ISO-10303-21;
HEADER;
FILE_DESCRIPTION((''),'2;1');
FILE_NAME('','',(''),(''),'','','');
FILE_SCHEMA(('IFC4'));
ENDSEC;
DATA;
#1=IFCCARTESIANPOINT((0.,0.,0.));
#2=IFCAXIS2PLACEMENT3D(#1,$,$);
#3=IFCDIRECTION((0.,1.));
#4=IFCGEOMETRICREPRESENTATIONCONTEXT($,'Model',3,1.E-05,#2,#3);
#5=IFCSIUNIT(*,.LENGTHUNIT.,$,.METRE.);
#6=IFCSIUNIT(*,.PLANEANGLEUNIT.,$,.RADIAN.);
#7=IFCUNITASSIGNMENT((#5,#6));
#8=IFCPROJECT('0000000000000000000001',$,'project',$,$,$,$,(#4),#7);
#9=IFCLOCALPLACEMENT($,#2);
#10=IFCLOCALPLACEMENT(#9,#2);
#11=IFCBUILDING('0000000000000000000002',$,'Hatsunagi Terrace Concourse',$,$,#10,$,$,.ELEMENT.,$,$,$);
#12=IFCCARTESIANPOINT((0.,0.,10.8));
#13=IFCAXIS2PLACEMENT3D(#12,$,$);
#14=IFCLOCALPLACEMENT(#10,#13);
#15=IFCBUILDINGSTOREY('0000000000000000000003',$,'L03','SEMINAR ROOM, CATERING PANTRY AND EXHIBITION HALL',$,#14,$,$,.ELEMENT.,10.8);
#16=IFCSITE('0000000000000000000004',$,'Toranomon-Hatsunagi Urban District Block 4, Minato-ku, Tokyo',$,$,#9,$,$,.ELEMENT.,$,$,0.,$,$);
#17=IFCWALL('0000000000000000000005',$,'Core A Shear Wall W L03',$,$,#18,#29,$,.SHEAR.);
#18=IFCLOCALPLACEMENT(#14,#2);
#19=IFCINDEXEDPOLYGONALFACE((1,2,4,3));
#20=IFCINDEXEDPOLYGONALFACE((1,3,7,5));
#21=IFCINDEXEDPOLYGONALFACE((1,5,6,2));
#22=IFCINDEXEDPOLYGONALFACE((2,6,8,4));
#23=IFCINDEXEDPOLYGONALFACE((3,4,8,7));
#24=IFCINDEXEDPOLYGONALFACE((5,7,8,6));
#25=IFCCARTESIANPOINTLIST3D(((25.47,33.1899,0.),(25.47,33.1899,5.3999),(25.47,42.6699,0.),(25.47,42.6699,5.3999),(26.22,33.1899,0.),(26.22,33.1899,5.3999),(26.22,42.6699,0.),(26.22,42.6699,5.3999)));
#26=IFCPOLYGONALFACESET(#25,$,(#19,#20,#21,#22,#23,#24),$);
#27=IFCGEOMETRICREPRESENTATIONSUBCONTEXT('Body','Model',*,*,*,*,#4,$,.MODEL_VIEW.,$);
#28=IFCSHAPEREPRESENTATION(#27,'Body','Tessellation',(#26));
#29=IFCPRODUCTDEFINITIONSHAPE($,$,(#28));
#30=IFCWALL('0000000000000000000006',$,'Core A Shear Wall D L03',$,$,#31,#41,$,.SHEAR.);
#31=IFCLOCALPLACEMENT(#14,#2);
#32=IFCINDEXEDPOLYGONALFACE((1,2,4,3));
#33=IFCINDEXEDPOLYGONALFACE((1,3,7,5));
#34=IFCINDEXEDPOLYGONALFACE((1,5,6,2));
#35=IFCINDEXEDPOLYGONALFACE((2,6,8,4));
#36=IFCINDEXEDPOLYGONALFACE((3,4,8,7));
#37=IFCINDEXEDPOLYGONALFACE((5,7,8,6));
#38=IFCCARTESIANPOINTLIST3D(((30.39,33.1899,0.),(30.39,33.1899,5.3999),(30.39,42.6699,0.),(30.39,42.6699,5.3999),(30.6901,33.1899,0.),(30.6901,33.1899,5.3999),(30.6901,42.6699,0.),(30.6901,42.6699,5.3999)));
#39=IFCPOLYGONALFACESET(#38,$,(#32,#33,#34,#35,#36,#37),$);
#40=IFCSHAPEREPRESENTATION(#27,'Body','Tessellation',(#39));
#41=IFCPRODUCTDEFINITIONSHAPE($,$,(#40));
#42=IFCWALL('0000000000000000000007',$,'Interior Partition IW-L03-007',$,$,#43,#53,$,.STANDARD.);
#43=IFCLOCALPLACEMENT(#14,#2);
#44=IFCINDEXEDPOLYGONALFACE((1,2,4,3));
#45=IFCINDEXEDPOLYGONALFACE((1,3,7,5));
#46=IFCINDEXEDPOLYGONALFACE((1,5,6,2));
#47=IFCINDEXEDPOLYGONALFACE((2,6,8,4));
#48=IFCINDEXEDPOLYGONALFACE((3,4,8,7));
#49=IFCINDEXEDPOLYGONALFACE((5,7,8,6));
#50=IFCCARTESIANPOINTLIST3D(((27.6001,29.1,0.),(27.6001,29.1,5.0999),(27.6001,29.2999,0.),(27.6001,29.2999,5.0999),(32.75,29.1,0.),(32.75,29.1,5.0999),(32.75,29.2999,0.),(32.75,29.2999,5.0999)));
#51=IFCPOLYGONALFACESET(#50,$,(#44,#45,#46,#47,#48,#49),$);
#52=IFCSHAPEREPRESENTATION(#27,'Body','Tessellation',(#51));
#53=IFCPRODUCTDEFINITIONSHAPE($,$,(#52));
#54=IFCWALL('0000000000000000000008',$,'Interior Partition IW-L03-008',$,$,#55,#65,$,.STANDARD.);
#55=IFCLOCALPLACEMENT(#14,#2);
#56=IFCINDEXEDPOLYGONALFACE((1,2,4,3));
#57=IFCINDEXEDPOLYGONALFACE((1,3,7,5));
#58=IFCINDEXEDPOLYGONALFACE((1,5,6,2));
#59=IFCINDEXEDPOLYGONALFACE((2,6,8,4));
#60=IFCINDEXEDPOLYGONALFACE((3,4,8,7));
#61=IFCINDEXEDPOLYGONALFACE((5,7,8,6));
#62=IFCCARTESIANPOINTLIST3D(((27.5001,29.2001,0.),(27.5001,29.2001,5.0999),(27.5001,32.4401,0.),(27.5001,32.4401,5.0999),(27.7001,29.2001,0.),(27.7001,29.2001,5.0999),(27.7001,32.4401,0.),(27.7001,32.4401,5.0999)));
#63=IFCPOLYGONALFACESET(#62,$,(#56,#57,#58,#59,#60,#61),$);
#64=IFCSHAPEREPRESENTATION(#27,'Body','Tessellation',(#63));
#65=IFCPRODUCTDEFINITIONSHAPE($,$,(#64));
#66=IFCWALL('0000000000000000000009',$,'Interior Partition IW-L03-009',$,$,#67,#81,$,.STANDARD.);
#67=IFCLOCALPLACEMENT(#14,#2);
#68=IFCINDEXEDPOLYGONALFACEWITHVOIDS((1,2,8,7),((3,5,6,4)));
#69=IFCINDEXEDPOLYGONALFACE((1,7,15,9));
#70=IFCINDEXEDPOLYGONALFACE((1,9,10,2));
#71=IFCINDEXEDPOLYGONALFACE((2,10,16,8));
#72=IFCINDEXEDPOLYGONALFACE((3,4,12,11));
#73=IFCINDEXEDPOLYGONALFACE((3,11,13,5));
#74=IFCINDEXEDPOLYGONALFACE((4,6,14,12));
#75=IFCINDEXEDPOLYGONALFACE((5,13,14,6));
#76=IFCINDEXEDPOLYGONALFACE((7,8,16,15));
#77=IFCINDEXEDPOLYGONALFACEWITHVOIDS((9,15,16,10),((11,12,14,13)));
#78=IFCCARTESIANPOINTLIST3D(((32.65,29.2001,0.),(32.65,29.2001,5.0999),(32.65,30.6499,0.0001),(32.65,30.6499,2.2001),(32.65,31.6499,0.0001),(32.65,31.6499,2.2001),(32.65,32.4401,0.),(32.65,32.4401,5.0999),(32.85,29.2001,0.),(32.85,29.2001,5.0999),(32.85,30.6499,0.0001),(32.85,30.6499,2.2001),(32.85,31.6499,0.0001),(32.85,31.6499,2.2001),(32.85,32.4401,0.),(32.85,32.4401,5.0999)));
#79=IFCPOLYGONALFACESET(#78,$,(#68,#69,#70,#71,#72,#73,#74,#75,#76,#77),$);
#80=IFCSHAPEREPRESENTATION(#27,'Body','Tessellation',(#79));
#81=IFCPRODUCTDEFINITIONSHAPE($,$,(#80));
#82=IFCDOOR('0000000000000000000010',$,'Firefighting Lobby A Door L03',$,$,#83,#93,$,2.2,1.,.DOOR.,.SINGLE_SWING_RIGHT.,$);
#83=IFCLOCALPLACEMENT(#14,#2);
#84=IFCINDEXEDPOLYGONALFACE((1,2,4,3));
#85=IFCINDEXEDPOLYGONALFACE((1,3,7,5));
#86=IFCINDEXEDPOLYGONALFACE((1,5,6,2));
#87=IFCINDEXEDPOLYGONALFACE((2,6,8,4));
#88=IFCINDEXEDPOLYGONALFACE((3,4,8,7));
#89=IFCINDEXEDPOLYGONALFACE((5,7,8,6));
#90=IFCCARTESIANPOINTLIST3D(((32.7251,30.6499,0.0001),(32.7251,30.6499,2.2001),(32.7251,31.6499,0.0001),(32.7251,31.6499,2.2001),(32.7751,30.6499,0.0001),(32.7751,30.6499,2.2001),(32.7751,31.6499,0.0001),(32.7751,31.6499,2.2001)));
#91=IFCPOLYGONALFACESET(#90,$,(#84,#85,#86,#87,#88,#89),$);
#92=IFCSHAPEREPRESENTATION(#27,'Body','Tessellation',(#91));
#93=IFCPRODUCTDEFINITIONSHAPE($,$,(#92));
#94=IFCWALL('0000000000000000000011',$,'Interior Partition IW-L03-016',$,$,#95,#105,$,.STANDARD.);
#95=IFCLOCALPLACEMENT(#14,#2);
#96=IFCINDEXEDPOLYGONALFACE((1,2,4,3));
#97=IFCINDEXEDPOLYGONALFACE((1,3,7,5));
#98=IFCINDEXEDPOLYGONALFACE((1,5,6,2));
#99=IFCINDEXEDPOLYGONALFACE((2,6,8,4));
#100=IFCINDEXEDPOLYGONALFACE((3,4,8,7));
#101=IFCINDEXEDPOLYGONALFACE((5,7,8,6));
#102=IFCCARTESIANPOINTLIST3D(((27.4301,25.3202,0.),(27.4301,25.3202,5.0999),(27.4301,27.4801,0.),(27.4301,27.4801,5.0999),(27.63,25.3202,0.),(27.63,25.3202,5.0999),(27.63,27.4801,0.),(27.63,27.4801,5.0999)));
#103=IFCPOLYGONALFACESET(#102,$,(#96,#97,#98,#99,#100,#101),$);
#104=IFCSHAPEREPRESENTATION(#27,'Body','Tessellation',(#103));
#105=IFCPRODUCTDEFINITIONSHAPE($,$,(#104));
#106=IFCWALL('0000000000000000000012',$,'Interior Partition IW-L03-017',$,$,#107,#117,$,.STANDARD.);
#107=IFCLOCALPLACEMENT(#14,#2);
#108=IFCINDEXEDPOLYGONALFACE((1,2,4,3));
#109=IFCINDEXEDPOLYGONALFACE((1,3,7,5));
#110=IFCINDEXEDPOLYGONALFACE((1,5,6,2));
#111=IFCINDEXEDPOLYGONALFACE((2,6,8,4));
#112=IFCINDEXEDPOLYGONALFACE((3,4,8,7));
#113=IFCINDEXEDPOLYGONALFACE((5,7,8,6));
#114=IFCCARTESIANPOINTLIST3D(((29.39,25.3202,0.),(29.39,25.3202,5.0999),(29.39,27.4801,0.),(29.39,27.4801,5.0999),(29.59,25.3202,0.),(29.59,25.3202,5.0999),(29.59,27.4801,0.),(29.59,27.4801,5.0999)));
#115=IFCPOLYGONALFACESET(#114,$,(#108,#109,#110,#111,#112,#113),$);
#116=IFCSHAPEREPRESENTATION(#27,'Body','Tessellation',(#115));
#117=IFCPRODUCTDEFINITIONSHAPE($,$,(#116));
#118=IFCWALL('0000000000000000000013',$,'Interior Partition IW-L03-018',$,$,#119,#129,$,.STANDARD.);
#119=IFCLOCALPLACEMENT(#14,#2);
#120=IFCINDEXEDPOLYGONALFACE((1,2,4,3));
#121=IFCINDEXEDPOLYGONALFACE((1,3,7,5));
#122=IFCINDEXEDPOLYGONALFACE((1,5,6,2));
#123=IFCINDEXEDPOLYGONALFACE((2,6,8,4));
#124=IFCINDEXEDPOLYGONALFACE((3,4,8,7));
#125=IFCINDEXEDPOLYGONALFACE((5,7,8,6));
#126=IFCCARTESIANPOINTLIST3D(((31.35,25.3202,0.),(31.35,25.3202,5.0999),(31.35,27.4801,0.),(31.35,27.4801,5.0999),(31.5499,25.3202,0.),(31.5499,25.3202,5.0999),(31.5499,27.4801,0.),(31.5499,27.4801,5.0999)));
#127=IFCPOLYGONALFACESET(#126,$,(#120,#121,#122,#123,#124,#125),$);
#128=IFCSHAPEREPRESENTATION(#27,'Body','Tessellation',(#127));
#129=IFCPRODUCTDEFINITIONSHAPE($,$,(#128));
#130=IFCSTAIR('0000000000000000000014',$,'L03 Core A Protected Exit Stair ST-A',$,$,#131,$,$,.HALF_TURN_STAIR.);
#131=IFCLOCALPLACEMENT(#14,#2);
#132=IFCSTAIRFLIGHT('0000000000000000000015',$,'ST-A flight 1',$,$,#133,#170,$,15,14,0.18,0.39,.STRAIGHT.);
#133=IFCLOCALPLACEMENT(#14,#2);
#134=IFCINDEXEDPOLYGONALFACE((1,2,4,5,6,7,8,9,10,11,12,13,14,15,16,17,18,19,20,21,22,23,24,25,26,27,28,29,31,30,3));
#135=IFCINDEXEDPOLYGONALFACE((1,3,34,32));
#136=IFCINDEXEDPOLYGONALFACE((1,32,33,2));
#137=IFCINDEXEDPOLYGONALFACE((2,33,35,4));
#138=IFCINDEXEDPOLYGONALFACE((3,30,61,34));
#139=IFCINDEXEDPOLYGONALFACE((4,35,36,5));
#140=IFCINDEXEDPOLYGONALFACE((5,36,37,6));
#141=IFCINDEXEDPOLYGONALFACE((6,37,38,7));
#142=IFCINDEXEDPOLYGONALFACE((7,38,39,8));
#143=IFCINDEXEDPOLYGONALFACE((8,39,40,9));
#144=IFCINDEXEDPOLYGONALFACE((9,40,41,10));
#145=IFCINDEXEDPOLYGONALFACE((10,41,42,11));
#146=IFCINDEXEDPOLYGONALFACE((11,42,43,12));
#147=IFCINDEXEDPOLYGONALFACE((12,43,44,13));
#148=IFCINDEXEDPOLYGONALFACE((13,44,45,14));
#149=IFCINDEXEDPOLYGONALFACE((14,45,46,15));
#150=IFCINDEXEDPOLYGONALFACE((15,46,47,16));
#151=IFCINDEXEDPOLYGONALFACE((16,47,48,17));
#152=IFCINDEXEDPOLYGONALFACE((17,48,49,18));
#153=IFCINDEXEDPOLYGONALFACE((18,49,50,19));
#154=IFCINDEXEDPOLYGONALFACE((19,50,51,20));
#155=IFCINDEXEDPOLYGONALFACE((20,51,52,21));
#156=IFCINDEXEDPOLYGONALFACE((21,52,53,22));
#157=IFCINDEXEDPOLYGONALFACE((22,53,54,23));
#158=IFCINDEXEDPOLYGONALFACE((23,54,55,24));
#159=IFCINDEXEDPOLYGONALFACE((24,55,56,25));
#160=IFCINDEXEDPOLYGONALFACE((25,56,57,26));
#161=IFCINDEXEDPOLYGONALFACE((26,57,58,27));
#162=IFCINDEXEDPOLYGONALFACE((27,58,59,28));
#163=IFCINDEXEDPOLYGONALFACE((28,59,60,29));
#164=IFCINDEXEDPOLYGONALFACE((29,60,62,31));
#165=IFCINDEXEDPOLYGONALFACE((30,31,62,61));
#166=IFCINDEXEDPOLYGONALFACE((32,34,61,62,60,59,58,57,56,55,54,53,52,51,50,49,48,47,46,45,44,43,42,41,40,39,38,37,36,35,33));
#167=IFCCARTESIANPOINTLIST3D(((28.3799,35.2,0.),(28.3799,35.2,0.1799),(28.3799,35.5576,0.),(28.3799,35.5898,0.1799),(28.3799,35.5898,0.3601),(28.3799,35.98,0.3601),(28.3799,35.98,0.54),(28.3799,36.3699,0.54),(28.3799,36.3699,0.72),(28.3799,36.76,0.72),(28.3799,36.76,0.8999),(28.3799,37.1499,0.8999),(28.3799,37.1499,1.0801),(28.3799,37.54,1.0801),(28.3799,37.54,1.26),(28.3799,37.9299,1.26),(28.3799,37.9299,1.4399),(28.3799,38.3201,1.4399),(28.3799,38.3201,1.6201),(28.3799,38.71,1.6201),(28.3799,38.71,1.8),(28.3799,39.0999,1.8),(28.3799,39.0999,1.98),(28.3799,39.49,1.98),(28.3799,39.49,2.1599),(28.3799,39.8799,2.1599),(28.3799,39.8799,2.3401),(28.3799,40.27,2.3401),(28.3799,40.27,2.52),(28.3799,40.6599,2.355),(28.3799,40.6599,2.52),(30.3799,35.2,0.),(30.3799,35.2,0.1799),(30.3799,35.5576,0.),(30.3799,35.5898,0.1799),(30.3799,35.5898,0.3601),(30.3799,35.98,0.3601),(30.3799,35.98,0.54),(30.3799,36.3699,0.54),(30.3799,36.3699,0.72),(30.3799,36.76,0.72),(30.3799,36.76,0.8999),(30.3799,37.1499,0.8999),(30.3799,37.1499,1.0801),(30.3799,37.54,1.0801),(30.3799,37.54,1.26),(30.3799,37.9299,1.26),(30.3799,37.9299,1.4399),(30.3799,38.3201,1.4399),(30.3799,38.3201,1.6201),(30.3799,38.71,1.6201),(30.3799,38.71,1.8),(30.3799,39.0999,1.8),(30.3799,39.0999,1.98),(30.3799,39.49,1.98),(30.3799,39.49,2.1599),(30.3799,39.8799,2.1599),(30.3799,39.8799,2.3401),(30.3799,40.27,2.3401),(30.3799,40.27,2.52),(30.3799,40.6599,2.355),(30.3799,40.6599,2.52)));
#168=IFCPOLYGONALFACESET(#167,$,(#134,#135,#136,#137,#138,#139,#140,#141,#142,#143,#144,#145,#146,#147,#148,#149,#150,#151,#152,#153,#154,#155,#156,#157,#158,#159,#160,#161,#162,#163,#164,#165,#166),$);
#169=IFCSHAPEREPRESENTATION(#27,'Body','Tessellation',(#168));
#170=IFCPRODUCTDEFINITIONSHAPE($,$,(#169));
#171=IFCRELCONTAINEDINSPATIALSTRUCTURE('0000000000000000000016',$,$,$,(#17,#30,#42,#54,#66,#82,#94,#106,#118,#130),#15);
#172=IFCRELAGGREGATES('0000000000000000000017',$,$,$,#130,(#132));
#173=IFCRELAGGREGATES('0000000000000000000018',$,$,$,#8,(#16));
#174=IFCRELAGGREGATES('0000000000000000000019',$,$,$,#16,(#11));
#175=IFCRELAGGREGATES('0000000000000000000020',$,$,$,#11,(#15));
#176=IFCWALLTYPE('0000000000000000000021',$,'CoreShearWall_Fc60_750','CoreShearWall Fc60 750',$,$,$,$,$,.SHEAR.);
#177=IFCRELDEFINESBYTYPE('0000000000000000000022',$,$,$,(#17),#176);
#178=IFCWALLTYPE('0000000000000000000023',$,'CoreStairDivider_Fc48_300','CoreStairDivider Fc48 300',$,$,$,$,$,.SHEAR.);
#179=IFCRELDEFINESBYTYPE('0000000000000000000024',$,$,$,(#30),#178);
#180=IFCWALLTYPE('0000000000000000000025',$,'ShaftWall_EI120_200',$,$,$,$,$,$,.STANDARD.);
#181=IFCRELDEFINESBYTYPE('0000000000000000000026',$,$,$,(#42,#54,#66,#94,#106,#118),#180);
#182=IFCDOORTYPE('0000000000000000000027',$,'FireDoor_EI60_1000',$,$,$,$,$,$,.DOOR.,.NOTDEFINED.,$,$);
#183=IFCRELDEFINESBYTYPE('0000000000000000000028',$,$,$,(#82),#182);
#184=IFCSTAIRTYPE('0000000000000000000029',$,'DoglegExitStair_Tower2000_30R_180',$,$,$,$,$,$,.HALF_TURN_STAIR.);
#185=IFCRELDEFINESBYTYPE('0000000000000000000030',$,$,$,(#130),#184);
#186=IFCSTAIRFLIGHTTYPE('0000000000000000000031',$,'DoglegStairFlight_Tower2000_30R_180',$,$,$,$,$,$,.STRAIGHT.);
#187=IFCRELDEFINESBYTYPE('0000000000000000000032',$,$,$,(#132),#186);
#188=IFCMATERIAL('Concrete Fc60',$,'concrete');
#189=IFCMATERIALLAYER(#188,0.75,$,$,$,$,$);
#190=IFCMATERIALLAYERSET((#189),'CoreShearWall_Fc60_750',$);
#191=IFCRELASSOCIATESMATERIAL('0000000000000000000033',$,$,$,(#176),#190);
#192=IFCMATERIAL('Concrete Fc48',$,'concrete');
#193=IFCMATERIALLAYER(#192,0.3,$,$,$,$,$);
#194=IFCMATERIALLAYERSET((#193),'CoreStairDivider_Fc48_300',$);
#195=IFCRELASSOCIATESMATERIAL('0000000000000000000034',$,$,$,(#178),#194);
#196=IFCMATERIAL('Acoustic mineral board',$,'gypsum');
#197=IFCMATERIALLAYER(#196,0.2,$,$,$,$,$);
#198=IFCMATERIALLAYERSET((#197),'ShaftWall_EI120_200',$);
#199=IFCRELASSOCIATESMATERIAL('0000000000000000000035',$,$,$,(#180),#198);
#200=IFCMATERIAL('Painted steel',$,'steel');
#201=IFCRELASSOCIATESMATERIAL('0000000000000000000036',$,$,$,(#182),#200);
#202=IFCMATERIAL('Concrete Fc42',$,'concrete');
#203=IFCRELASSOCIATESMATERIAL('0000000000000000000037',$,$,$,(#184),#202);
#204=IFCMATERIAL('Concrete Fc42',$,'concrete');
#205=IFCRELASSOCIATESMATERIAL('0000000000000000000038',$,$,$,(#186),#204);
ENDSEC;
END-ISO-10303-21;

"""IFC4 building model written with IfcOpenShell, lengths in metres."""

from ifc_helpers import new_model, si_unit, direction, frame, frame_2d, origin, place, context, subcontext, project, spatial, polyline, rectangle, outline, extrude, material, layer, layer_set, type_object, element, fill, aggregate, save


model = new_model("IFC4")

# Units and contexts
model_context = context("Model", 3, precision=1e-05, world=origin(), true_north=direction((0.0, 1.0)))
body_context = subcontext(model_context, "Body", "Model", "MODEL_VIEW")
ifc_project = project(units=[si_unit("LENGTHUNIT", "METRE"), si_unit("PLANEANGLEUNIT", "RADIAN")], contexts=[model_context])

# Site, building, storey
site_placement = place(None, origin())
site = spatial("IfcSite", under=ifc_project, at=site_placement, Name="Toranomon-Hatsunagi Urban District Block 4, Minato-ku, Tokyo", CompositionType="ELEMENT", RefElevation=0.0)
building_placement = place(site_placement, origin())
building = spatial("IfcBuilding", under=site, at=building_placement, Name="Hatsunagi Terrace Concourse", CompositionType="ELEMENT")
storey_placement = place(building_placement, frame((0.0, 0.0, 10.8)))
storey = spatial("IfcBuildingStorey", under=building, at=storey_placement, Name="L03", Description="SEMINAR ROOM, CATERING PANTRY AND EXHIBITION HALL", CompositionType="ELEMENT", Elevation=10.8)

# Walls
ifc_material_1 = material(Name="Concrete Fc60", Category="concrete")
ifc_layer_1 = layer(ifc_material_1, 0.75)
ifc_layer_set_1 = layer_set([ifc_layer_1], Name="CoreShearWall_Fc60_750")
wall_type_1 = type_object("IfcWallType", Name="CoreShearWall_Fc60_750", Description="CoreShearWall Fc60 750", PredefinedType="SHEAR", material=ifc_layer_set_1)
wall_1_placement = place(storey_placement, frame((25.845, 33.1899, 0.0), z_axis=(0.0, 0.0, 1.0), x_axis=(0.0, 1.0, 0.0)))
element("IfcWall", 1, at=wall_1_placement, inside=storey, type_object=wall_type_1, Name="Core A Shear Wall W L03", PredefinedType="SHEAR", context=body_context, shape_type="SweptSolid", body=[
    extrude(rectangle(XDim=9.48, YDim=0.75, at=frame_2d((4.74, 0.0))), origin(), (0.0, 0.0, 1.0), 5.3999),
])
ifc_material_2 = material(Name="Concrete Fc48", Category="concrete")
ifc_layer_2 = layer(ifc_material_2, 0.3)
ifc_layer_set_2 = layer_set([ifc_layer_2], Name="CoreStairDivider_Fc48_300")
wall_type_2 = type_object("IfcWallType", Name="CoreStairDivider_Fc48_300", Description="CoreStairDivider Fc48 300", PredefinedType="SHEAR", material=ifc_layer_set_2)
wall_2_placement = place(storey_placement, frame((30.54, 33.1899, 0.0), z_axis=(0.0, 0.0, 1.0), x_axis=(0.0, 1.0, 0.0)))
element("IfcWall", 2, at=wall_2_placement, inside=storey, type_object=wall_type_2, Name="Core A Shear Wall D L03", PredefinedType="SHEAR", context=body_context, shape_type="SweptSolid", body=[
    extrude(rectangle(XDim=9.48, YDim=0.3, at=frame_2d((4.74, 0.0))), origin(), (0.0, 0.0, 1.0), 5.3999),
])
ifc_material_3 = material(Name="Acoustic mineral board", Category="gypsum")
ifc_layer_3 = layer(ifc_material_3, 0.2)
ifc_layer_set_3 = layer_set([ifc_layer_3], Name="ShaftWall_EI120_200")
wall_type_3 = type_object("IfcWallType", Name="ShaftWall_EI120_200", PredefinedType="STANDARD", material=ifc_layer_set_3)
wall_3_placement = place(storey_placement, frame((27.6001, 29.2, 0.0), z_axis=(0.0, 0.0, 1.0), x_axis=(1.0, 0.0, 0.0)))
element("IfcWall", 3, at=wall_3_placement, inside=storey, type_object=wall_type_3, Name="Interior Partition IW-L03-007", PredefinedType="STANDARD", context=body_context, shape_type="SweptSolid", body=[
    extrude(rectangle(XDim=5.1499, YDim=0.2, at=frame_2d((2.575, 0.0))), origin(), (0.0, 0.0, 1.0), 5.0999),
])
wall_4_placement = place(storey_placement, frame((27.6001, 29.2, 0.0), z_axis=(0.0, 0.0, 1.0), x_axis=(0.0, 1.0, 0.0)))
element("IfcWall", 4, at=wall_4_placement, inside=storey, type_object=wall_type_3, Name="Interior Partition IW-L03-008", PredefinedType="STANDARD", context=body_context, shape_type="SweptSolid", body=[
    extrude(rectangle(XDim=3.24, YDim=0.2, at=frame_2d((1.6201, 0.0))), origin(), (0.0, 0.0, 1.0), 5.0999),
])

# Wall, opening, door
wall_5_placement = place(storey_placement, frame((32.75, 29.2, 0.0), z_axis=(0.0, 0.0, 1.0), x_axis=(0.0, 1.0, 0.0)))
wall_5 = element("IfcWall", 5, at=wall_5_placement, inside=storey, type_object=wall_type_3, Name="Interior Partition IW-L03-009", PredefinedType="STANDARD", context=body_context, shape_type="SweptSolid", body=[
    extrude(rectangle(XDim=3.24, YDim=0.2, at=frame_2d((1.6201, 0.0))), origin(), (0.0, 0.0, 1.0), 5.0999),
])
opening_placement = place(wall_5_placement, frame((1.45, 0.0, 0.0)))
opening = element("IfcOpeningElement", 6, at=opening_placement, cuts=wall_5, PredefinedType="OPENING", context=body_context, shape_type="SweptSolid", body=[
    extrude(rectangle(XDim=1.0, YDim=2.2, at=frame_2d((0.5, 1.1001))), frame((0.0, 0.1099, 0.0), z_axis=(0.0, -1.0, 0.0), x_axis=(1.0, 0.0, 0.0)), (0.0, 0.0, 1.0), 0.22),
])
ifc_material_4 = material(Name="Painted steel", Category="steel")
door_type = type_object("IfcDoorType", Name="FireDoor_EI60_1000", OperationType="NOTDEFINED", PredefinedType="DOOR", material=ifc_material_4)
door_placement = place(opening_placement, origin())
door = element("IfcDoor", 7, at=door_placement, inside=storey, type_object=door_type, Name="Firefighting Lobby A Door L03", OperationType="SINGLE_SWING_RIGHT", OverallHeight=2.2, OverallWidth=1.0, PredefinedType="DOOR", context=body_context, shape_type="SweptSolid", body=[
    extrude(rectangle(XDim=1.0, YDim=2.2, at=frame_2d((0.5, 1.1001))), frame((0.0, 0.0249, 0.0), z_axis=(0.0, -1.0, 0.0), x_axis=(1.0, 0.0, 0.0)), (0.0, 0.0, 1.0), 0.05),
])
fill(opening, door)

# Walls
for number, where, z_axis, x_axis, name in (
    (8, (27.53, 25.3201, 0.0), (0.0, 0.0, 1.0), (0.0, 1.0, 0.0), "Interior Partition IW-L03-016"),
    (9, (29.49, 25.3201, 0.0), (0.0, 0.0, 1.0), (0.0, 1.0, 0.0), "Interior Partition IW-L03-017"),
    (10, (31.45, 25.3201, 0.0), (0.0, 0.0, 1.0), (0.0, 1.0, 0.0), "Interior Partition IW-L03-018"),
):
    element("IfcWall", number, at=place(storey_placement, frame(where, z_axis=z_axis, x_axis=x_axis)), inside=storey, type_object=wall_type_3, Name=name, PredefinedType="STANDARD", context=body_context, shape_type="SweptSolid", body=[
        extrude(rectangle(XDim=2.1599, YDim=0.2, at=frame_2d((1.0801, 0.0))), origin(), (0.0, 0.0, 1.0), 5.0999),
    ])

# Stair, stair flight
ifc_material_5 = material(Name="Concrete Fc42", Category="concrete")
stair_type = type_object("IfcStairType", Name="DoglegExitStair_Tower2000_30R_180", PredefinedType="HALF_TURN_STAIR", material=ifc_material_5)
stair_placement = place(storey_placement, origin())
stair = element("IfcStair", 11, at=stair_placement, inside=storey, type_object=stair_type, Name="L03 Core A Protected Exit Stair ST-A", PredefinedType="HALF_TURN_STAIR")
ifc_material_6 = material(Name="Concrete Fc42", Category="concrete")
stair_flight_type = type_object("IfcStairFlightType", Name="DoglegStairFlight_Tower2000_30R_180", PredefinedType="STRAIGHT", material=ifc_material_6)
stair_flight_placement = place(storey_placement, frame((29.3799, 35.2, 0.0), z_axis=(0.0, 0.0, 1.0), x_axis=(0.0, 1.0, 0.0)))
stair_flight = element("IfcStairFlight", 12, at=stair_flight_placement, type_object=stair_flight_type, Name="ST-A flight 1", NumberOfRisers=15, NumberOfTreads=14, PredefinedType="STRAIGHT", RiserHeight=0.18, TreadLength=0.39, context=body_context, shape_type="SweptSolid", body=[
    extrude(outline(polyline([(0.0, 0.0), (0.0, 0.1799), (0.3899, 0.1799), (0.3899, 0.3601), (0.78, 0.3601), (0.78, 0.54), (1.1699, 0.54), (1.1699, 0.72), (1.5601, 0.72), (1.5601, 0.8999), (1.95, 0.8999), (1.95, 1.0801), (2.3401, 1.0801), (2.3401, 1.26), (2.73, 1.26), (2.73, 1.4399), (3.1201, 1.4399), (3.1201, 1.6201), (3.51, 1.6201), (3.51, 1.8), (3.8999, 1.8), (3.8999, 1.98), (4.29, 1.98), (4.29, 2.1599), (4.6799, 2.1599), (4.6799, 2.3401), (5.0701, 2.3401), (5.0701, 2.52), (5.46, 2.52), (5.46, 2.7), (5.46, 2.355), (0.3577, 0.0), (0.0, 0.0)])), frame((0.0, 1.0, 0.0), z_axis=(0.0, -1.0, 0.0), x_axis=(1.0, 0.0, 0.0)), (0.0, 0.0, 1.0), 2.0),
])
aggregate(stair, [stair_flight])

save(model, "model.ifc")
